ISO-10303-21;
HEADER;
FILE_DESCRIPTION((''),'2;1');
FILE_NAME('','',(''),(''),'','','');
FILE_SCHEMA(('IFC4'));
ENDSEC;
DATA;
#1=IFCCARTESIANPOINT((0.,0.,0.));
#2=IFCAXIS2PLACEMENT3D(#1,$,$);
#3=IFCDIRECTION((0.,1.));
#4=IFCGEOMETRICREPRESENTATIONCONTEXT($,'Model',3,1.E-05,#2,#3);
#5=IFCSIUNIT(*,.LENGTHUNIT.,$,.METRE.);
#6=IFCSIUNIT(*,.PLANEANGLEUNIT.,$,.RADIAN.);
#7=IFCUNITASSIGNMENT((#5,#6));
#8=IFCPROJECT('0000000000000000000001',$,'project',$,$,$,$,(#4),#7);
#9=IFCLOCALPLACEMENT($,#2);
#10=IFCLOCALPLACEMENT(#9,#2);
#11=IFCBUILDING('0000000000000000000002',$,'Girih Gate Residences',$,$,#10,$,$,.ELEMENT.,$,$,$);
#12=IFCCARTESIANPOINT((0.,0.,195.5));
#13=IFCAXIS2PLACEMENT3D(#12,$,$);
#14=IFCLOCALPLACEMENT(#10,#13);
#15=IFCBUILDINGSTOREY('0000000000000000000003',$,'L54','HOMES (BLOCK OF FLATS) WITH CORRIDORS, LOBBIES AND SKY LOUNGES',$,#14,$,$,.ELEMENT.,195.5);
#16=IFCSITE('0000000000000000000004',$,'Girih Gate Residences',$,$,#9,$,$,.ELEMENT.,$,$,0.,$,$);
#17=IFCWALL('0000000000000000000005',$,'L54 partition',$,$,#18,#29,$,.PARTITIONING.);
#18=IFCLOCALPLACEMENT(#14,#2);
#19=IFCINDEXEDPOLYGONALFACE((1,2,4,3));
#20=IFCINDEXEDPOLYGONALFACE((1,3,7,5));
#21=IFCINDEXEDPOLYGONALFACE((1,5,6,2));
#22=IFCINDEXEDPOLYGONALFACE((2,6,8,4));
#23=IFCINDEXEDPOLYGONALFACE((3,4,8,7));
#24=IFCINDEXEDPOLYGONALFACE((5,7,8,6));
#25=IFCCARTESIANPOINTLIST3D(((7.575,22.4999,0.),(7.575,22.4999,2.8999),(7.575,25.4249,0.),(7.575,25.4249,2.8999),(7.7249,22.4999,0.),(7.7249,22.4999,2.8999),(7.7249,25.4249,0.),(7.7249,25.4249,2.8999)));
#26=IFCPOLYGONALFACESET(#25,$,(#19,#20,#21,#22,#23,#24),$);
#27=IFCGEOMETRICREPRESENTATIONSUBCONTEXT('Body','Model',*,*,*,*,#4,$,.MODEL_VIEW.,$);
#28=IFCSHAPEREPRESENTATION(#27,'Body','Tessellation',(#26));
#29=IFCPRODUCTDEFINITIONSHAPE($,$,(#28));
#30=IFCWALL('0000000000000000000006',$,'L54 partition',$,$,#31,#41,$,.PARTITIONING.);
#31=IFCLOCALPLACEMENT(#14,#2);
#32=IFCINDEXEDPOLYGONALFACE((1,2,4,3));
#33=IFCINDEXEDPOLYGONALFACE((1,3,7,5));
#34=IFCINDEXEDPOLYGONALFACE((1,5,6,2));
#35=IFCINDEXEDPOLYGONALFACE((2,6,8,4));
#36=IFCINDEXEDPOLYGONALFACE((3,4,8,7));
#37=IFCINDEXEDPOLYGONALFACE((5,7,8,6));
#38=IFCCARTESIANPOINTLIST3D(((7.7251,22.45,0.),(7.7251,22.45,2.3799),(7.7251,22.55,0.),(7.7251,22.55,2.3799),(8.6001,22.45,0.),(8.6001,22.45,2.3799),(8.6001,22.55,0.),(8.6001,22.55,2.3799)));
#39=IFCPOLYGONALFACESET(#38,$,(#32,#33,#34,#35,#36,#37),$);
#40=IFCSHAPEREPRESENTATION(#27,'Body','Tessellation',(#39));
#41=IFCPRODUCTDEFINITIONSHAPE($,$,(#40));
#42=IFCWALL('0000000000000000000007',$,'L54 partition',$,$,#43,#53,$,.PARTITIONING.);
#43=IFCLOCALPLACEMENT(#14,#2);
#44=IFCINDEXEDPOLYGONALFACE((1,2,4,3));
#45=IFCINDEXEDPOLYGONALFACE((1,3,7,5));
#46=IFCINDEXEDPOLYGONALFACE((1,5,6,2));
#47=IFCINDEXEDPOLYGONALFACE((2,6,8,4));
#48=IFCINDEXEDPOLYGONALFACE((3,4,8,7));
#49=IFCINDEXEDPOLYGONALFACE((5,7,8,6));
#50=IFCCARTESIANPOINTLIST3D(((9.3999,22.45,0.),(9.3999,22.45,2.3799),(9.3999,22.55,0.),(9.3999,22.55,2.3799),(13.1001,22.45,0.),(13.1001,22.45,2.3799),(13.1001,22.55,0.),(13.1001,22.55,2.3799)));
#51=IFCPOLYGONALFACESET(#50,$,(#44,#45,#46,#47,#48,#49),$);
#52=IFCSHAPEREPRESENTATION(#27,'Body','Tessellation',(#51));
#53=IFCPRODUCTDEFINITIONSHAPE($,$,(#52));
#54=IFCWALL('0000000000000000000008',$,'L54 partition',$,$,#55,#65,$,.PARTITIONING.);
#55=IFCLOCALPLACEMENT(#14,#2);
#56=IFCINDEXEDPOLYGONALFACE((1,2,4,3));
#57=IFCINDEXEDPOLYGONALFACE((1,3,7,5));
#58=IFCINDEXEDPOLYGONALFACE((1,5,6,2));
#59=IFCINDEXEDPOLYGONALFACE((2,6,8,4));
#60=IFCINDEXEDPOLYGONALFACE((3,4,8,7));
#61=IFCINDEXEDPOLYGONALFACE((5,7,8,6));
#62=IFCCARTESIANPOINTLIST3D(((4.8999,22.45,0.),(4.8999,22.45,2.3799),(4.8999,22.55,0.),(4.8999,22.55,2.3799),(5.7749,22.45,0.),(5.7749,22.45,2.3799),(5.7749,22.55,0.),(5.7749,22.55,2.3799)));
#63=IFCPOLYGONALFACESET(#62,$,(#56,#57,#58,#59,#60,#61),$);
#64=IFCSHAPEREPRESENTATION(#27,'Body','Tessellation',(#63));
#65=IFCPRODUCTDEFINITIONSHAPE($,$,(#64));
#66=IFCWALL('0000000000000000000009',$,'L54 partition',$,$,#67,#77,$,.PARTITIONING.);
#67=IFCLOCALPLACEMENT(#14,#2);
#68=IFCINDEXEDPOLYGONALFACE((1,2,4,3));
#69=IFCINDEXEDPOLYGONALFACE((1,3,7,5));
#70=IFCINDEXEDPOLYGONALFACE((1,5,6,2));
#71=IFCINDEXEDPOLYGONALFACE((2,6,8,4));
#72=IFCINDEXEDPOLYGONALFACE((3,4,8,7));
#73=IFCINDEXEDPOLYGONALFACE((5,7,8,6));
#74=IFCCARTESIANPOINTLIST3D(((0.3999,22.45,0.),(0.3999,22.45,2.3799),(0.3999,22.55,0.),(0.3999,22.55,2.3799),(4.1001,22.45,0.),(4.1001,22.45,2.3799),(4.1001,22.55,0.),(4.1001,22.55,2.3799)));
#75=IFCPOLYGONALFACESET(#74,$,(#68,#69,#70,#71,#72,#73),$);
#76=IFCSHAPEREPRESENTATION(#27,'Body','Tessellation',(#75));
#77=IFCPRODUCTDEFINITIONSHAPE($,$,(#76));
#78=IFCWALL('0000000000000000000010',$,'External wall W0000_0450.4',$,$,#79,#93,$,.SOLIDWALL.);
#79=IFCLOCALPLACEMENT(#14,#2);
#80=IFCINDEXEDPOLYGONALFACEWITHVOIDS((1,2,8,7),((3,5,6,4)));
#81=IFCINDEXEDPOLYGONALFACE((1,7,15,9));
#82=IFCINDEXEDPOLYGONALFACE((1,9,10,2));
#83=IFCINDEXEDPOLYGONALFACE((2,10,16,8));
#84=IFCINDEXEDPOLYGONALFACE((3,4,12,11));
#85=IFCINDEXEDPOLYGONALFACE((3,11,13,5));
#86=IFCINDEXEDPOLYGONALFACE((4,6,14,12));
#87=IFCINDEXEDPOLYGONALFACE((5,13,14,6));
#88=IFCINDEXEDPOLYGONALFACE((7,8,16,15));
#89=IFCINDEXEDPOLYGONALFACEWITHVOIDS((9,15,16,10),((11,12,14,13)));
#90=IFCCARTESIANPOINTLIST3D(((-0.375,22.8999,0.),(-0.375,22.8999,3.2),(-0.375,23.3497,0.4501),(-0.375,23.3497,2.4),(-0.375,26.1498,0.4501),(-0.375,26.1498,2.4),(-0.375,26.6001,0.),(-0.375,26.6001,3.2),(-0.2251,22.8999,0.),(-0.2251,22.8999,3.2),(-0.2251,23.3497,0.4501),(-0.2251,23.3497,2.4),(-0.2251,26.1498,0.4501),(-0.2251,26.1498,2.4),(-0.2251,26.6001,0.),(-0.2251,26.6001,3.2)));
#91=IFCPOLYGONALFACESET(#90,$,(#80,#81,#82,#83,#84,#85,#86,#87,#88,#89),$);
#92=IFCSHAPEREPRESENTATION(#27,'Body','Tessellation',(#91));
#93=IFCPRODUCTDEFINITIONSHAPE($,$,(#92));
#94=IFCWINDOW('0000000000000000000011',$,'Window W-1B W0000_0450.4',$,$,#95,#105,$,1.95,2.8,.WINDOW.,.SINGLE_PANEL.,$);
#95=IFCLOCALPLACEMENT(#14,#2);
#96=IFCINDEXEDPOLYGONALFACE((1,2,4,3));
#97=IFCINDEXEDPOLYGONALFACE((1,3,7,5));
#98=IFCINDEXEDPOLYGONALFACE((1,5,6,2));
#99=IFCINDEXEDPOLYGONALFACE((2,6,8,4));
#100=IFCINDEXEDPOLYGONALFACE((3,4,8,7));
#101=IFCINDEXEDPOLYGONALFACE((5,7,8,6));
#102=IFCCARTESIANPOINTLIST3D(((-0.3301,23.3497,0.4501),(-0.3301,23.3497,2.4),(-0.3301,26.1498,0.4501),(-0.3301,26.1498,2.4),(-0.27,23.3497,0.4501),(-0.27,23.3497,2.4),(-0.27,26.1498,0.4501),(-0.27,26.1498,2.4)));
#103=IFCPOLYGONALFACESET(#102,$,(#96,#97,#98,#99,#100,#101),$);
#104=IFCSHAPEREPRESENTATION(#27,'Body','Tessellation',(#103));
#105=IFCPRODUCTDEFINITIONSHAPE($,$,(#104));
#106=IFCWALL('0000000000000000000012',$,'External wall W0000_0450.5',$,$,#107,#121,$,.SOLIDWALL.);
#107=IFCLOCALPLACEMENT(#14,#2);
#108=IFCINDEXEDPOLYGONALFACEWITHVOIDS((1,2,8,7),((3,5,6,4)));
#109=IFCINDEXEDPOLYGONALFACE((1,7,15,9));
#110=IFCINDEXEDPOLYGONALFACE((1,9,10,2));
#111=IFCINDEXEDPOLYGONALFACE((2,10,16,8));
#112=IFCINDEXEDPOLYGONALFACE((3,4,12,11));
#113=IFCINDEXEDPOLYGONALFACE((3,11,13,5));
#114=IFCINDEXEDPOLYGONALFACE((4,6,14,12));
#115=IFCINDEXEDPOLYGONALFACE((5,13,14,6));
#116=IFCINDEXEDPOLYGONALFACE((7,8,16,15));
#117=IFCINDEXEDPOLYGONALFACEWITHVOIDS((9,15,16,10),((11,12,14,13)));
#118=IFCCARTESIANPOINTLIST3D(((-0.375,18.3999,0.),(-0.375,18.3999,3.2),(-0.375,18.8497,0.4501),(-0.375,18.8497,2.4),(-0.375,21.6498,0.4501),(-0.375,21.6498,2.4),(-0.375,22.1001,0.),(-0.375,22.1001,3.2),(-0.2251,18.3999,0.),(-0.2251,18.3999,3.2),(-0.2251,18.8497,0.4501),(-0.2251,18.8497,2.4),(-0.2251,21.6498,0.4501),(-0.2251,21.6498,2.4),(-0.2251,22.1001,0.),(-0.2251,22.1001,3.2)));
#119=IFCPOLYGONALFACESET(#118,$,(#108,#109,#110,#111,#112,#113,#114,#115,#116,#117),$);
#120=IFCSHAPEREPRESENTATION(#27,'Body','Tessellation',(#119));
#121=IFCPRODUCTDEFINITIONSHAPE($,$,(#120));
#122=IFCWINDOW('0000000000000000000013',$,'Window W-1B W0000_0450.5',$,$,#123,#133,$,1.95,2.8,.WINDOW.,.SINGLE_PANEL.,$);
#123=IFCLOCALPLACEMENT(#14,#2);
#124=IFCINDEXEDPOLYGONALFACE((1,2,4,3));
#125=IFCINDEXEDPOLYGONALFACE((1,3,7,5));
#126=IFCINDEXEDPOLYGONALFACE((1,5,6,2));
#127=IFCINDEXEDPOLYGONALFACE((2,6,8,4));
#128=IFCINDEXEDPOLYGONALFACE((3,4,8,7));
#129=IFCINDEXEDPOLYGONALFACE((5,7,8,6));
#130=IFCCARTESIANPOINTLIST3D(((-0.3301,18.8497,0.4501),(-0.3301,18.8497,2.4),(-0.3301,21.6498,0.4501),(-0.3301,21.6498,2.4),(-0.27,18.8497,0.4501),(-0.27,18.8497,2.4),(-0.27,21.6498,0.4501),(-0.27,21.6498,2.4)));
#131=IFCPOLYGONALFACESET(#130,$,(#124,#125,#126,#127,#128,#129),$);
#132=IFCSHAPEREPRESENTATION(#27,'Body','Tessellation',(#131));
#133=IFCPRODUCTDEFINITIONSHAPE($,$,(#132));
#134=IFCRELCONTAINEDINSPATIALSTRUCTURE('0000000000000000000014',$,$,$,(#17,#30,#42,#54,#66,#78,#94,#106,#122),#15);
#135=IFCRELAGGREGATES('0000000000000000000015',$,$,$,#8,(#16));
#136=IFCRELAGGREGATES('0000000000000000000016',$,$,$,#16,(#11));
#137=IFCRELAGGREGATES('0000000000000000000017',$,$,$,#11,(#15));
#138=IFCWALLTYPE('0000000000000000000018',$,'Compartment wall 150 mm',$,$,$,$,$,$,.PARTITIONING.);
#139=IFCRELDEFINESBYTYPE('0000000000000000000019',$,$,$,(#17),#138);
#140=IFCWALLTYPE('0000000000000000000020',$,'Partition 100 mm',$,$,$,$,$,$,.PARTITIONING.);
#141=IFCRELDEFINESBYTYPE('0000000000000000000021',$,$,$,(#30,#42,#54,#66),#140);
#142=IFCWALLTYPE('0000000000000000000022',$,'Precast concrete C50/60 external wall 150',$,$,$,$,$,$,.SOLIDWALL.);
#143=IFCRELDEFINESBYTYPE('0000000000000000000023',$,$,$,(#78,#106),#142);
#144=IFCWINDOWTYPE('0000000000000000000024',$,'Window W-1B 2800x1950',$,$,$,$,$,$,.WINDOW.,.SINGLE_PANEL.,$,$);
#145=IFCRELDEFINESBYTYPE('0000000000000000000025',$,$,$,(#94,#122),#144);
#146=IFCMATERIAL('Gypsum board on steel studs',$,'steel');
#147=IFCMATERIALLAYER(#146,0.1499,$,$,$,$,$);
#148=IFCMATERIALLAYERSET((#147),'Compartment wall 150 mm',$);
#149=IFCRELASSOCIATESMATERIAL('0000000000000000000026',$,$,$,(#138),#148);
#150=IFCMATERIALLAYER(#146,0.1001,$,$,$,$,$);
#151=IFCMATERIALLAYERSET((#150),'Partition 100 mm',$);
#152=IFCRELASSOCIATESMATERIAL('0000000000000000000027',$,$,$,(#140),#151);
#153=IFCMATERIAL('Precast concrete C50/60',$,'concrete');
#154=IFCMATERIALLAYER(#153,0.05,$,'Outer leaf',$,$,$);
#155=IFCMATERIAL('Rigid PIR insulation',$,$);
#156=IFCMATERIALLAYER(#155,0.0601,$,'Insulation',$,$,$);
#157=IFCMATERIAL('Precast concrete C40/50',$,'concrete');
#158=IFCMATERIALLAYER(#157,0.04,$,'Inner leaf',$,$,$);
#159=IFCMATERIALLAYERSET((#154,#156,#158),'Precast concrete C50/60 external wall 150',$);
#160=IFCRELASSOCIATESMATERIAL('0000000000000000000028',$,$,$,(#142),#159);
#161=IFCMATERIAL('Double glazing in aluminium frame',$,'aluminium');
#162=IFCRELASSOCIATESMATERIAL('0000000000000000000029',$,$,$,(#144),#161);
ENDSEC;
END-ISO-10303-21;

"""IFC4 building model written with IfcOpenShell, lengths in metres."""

from ifc_helpers import new_model, si_unit, direction, frame, frame_2d, origin, place, context, subcontext, project, spatial, rectangle, extrude, material, layer, layer_set, type_object, element, fill, save


model = new_model("IFC4")

# Units and contexts
model_context = context("Model", 3, precision=1e-05, world=origin(), true_north=direction((0.0, 1.0)))
body_context = subcontext(model_context, "Body", "Model", "MODEL_VIEW")
ifc_project = project(units=[si_unit("LENGTHUNIT", "METRE"), si_unit("PLANEANGLEUNIT", "RADIAN")], contexts=[model_context])

# Site, building, storey
site_placement = place(None, origin())
site = spatial("IfcSite", under=ifc_project, at=site_placement, Name="Girih Gate Residences", CompositionType="ELEMENT", RefElevation=0.0)
building_placement = place(site_placement, origin())
building = spatial("IfcBuilding", under=site, at=building_placement, Name="Girih Gate Residences", CompositionType="ELEMENT")
storey_placement = place(building_placement, frame((0.0, 0.0, 195.5)))
storey = spatial("IfcBuildingStorey", under=building, at=storey_placement, Name="L54", Description="HOMES (BLOCK OF FLATS) WITH CORRIDORS, LOBBIES AND SKY LOUNGES", CompositionType="ELEMENT", Elevation=195.5)

# Shared definitions
ifc_material_1 = material(Name="Gypsum board on steel studs", Category="steel")
ifc_layer_1 = layer(ifc_material_1, 0.1499)
ifc_layer_set_1 = layer_set([ifc_layer_1], Name="Compartment wall 150 mm")
wall_type_1 = type_object("IfcWallType", Name="Compartment wall 150 mm", PredefinedType="PARTITIONING", material=ifc_layer_set_1)

# Walls
wall_1_placement = place(storey_placement, frame((7.6499, 22.5, 0.0), z_axis=(0.0, 0.0, 1.0), x_axis=(0.0, 1.0, 0.0)))
element("IfcWall", 1, at=wall_1_placement, inside=storey, type_object=wall_type_1, Name="L54 partition", PredefinedType="PARTITIONING", context=body_context, shape_type="SweptSolid", body=[
    extrude(rectangle(XDim=2.925, YDim=0.1499, at=frame_2d((1.4624, 0.0))), origin(), (0.0, 0.0, 1.0), 2.8999),
])
ifc_layer_2 = layer(ifc_material_1, 0.1001)
ifc_layer_set_2 = layer_set([ifc_layer_2], Name="Partition 100 mm")
wall_type_2 = type_object("IfcWallType", Name="Partition 100 mm", PredefinedType="PARTITIONING", material=ifc_layer_set_2)
wall_2_placement = place(storey_placement, frame((7.7251, 22.5, 0.0), z_axis=(0.0, 0.0, 1.0), x_axis=(1.0, 0.0, 0.0)))
element("IfcWall", 2, at=wall_2_placement, inside=storey, type_object=wall_type_2, Name="L54 partition", PredefinedType="PARTITIONING", context=body_context, shape_type="SweptSolid", body=[
    extrude(rectangle(XDim=0.875, YDim=0.1001, at=frame_2d((0.4375, 0.0))), origin(), (0.0, 0.0, 1.0), 2.3799),
])
wall_3_placement = place(storey_placement, frame((9.3999, 22.5, 0.0), z_axis=(0.0, 0.0, 1.0), x_axis=(1.0, 0.0, 0.0)))
element("IfcWall", 3, at=wall_3_placement, inside=storey, type_object=wall_type_2, Name="L54 partition", PredefinedType="PARTITIONING", context=body_context, shape_type="SweptSolid", body=[
    extrude(rectangle(XDim=3.7002, YDim=0.1001, at=frame_2d((1.8501, 0.0))), origin(), (0.0, 0.0, 1.0), 2.3799),
])
wall_4_placement = place(storey_placement, frame((4.8999, 22.5, 0.0), z_axis=(0.0, 0.0, 1.0), x_axis=(1.0, 0.0, 0.0)))
element("IfcWall", 4, at=wall_4_placement, inside=storey, type_object=wall_type_2, Name="L54 partition", PredefinedType="PARTITIONING", context=body_context, shape_type="SweptSolid", body=[
    extrude(rectangle(XDim=0.875, YDim=0.1001, at=frame_2d((0.4375, 0.0))), origin(), (0.0, 0.0, 1.0), 2.3799),
])
wall_5_placement = place(storey_placement, frame((0.3999, 22.5, 0.0), z_axis=(0.0, 0.0, 1.0), x_axis=(1.0, 0.0, 0.0)))
element("IfcWall", 5, at=wall_5_placement, inside=storey, type_object=wall_type_2, Name="L54 partition", PredefinedType="PARTITIONING", context=body_context, shape_type="SweptSolid", body=[
    extrude(rectangle(XDim=3.7002, YDim=0.1001, at=frame_2d((1.8501, 0.0))), origin(), (0.0, 0.0, 1.0), 2.3799),
])

# Walls, openings, windows
ifc_material_2 = material(Name="Precast concrete C50/60", Category="concrete")
ifc_layer_3 = layer(ifc_material_2, 0.05, Name="Outer leaf")
ifc_material_3 = material(Name="Rigid PIR insulation")
ifc_layer_4 = layer(ifc_material_3, 0.0601, Name="Insulation")
ifc_material_4 = material(Name="Precast concrete C40/50", Category="concrete")
ifc_layer_5 = layer(ifc_material_4, 0.04, Name="Inner leaf")
ifc_layer_set_3 = layer_set([ifc_layer_3, ifc_layer_4, ifc_layer_5], Name="Precast concrete C50/60 external wall 150")
wall_type_3 = type_object("IfcWallType", Name="Precast concrete C50/60 external wall 150", PredefinedType="SOLIDWALL", material=ifc_layer_set_3)
wall_6_placement = place(storey_placement, frame((-0.3, 22.8999, 0.0), z_axis=(0.0, 0.0, 1.0), x_axis=(0.0, 1.0, 0.0)))
wall_6 = element("IfcWall", 6, at=wall_6_placement, inside=storey, type_object=wall_type_3, Name="External wall W0000_0450.4", PredefinedType="SOLIDWALL", context=body_context, shape_type="SweptSolid", body=[
    extrude(rectangle(XDim=3.7002, YDim=0.1499, at=frame_2d((1.8501, 0.0))), origin(), (0.0, 0.0, 1.0), 3.2),
])
opening_1_placement = place(wall_6_placement, frame((0.45, 0.0, 0.45)))
opening_1 = element("IfcOpeningElement", 7, at=opening_1_placement, cuts=wall_6, PredefinedType="OPENING", context=body_context, shape_type="SweptSolid", body=[
    extrude(rectangle(XDim=2.8, YDim=1.95, at=frame_2d((1.3999, 0.9751))), frame((0.0, 0.085, 0.0), z_axis=(0.0, -1.0, 0.0), x_axis=(1.0, 0.0, 0.0)), (0.0, 0.0, 1.0), 0.1699),
])
ifc_material_5 = material(Name="Double glazing in aluminium frame", Category="aluminium")
window_type = type_object("IfcWindowType", Name="Window W-1B 2800x1950", PartitioningType="SINGLE_PANEL", PredefinedType="WINDOW", material=ifc_material_5)
window_1_placement = place(opening_1_placement, origin())
window_1 = element("IfcWindow", 8, at=window_1_placement, inside=storey, type_object=window_type, Name="Window W-1B W0000_0450.4", OverallHeight=1.95, OverallWidth=2.8, PartitioningType="SINGLE_PANEL", PredefinedType="WINDOW", context=body_context, shape_type="SweptSolid", body=[
    extrude(rectangle(XDim=2.8, YDim=1.95, at=frame_2d((1.3999, 0.9751))), frame((0.0, 0.03, 0.0), z_axis=(0.0, -1.0, 0.0), x_axis=(1.0, 0.0, 0.0)), (0.0, 0.0, 1.0), 0.0601),
])
fill(opening_1, window_1)
wall_7_placement = place(storey_placement, frame((-0.3, 18.3999, 0.0), z_axis=(0.0, 0.0, 1.0), x_axis=(0.0, 1.0, 0.0)))
wall_7 = element("IfcWall", 9, at=wall_7_placement, inside=storey, type_object=wall_type_3, Name="External wall W0000_0450.5", PredefinedType="SOLIDWALL", context=body_context, shape_type="SweptSolid", body=[
    extrude(rectangle(XDim=3.7002, YDim=0.1499, at=frame_2d((1.8501, 0.0))), origin(), (0.0, 0.0, 1.0), 3.2),
])
opening_2_placement = place(wall_7_placement, frame((0.45, 0.0, 0.45)))
opening_2 = element("IfcOpeningElement", 10, at=opening_2_placement, cuts=wall_7, PredefinedType="OPENING", context=body_context, shape_type="SweptSolid", body=[
    extrude(rectangle(XDim=2.8, YDim=1.95, at=frame_2d((1.3999, 0.9751))), frame((0.0, 0.085, 0.0), z_axis=(0.0, -1.0, 0.0), x_axis=(1.0, 0.0, 0.0)), (0.0, 0.0, 1.0), 0.1699),
])
window_2_placement = place(opening_2_placement, origin())
window_2 = element("IfcWindow", 11, at=window_2_placement, inside=storey, type_object=window_type, Name="Window W-1B W0000_0450.5", OverallHeight=1.95, OverallWidth=2.8, PartitioningType="SINGLE_PANEL", PredefinedType="WINDOW", context=body_context, shape_type="SweptSolid", body=[
    extrude(rectangle(XDim=2.8, YDim=1.95, at=frame_2d((1.3999, 0.9751))), frame((0.0, 0.03, 0.0), z_axis=(0.0, -1.0, 0.0), x_axis=(1.0, 0.0, 0.0)), (0.0, 0.0, 1.0), 0.0601),
])
fill(opening_2, window_2)

save(model, "model.ifc")
